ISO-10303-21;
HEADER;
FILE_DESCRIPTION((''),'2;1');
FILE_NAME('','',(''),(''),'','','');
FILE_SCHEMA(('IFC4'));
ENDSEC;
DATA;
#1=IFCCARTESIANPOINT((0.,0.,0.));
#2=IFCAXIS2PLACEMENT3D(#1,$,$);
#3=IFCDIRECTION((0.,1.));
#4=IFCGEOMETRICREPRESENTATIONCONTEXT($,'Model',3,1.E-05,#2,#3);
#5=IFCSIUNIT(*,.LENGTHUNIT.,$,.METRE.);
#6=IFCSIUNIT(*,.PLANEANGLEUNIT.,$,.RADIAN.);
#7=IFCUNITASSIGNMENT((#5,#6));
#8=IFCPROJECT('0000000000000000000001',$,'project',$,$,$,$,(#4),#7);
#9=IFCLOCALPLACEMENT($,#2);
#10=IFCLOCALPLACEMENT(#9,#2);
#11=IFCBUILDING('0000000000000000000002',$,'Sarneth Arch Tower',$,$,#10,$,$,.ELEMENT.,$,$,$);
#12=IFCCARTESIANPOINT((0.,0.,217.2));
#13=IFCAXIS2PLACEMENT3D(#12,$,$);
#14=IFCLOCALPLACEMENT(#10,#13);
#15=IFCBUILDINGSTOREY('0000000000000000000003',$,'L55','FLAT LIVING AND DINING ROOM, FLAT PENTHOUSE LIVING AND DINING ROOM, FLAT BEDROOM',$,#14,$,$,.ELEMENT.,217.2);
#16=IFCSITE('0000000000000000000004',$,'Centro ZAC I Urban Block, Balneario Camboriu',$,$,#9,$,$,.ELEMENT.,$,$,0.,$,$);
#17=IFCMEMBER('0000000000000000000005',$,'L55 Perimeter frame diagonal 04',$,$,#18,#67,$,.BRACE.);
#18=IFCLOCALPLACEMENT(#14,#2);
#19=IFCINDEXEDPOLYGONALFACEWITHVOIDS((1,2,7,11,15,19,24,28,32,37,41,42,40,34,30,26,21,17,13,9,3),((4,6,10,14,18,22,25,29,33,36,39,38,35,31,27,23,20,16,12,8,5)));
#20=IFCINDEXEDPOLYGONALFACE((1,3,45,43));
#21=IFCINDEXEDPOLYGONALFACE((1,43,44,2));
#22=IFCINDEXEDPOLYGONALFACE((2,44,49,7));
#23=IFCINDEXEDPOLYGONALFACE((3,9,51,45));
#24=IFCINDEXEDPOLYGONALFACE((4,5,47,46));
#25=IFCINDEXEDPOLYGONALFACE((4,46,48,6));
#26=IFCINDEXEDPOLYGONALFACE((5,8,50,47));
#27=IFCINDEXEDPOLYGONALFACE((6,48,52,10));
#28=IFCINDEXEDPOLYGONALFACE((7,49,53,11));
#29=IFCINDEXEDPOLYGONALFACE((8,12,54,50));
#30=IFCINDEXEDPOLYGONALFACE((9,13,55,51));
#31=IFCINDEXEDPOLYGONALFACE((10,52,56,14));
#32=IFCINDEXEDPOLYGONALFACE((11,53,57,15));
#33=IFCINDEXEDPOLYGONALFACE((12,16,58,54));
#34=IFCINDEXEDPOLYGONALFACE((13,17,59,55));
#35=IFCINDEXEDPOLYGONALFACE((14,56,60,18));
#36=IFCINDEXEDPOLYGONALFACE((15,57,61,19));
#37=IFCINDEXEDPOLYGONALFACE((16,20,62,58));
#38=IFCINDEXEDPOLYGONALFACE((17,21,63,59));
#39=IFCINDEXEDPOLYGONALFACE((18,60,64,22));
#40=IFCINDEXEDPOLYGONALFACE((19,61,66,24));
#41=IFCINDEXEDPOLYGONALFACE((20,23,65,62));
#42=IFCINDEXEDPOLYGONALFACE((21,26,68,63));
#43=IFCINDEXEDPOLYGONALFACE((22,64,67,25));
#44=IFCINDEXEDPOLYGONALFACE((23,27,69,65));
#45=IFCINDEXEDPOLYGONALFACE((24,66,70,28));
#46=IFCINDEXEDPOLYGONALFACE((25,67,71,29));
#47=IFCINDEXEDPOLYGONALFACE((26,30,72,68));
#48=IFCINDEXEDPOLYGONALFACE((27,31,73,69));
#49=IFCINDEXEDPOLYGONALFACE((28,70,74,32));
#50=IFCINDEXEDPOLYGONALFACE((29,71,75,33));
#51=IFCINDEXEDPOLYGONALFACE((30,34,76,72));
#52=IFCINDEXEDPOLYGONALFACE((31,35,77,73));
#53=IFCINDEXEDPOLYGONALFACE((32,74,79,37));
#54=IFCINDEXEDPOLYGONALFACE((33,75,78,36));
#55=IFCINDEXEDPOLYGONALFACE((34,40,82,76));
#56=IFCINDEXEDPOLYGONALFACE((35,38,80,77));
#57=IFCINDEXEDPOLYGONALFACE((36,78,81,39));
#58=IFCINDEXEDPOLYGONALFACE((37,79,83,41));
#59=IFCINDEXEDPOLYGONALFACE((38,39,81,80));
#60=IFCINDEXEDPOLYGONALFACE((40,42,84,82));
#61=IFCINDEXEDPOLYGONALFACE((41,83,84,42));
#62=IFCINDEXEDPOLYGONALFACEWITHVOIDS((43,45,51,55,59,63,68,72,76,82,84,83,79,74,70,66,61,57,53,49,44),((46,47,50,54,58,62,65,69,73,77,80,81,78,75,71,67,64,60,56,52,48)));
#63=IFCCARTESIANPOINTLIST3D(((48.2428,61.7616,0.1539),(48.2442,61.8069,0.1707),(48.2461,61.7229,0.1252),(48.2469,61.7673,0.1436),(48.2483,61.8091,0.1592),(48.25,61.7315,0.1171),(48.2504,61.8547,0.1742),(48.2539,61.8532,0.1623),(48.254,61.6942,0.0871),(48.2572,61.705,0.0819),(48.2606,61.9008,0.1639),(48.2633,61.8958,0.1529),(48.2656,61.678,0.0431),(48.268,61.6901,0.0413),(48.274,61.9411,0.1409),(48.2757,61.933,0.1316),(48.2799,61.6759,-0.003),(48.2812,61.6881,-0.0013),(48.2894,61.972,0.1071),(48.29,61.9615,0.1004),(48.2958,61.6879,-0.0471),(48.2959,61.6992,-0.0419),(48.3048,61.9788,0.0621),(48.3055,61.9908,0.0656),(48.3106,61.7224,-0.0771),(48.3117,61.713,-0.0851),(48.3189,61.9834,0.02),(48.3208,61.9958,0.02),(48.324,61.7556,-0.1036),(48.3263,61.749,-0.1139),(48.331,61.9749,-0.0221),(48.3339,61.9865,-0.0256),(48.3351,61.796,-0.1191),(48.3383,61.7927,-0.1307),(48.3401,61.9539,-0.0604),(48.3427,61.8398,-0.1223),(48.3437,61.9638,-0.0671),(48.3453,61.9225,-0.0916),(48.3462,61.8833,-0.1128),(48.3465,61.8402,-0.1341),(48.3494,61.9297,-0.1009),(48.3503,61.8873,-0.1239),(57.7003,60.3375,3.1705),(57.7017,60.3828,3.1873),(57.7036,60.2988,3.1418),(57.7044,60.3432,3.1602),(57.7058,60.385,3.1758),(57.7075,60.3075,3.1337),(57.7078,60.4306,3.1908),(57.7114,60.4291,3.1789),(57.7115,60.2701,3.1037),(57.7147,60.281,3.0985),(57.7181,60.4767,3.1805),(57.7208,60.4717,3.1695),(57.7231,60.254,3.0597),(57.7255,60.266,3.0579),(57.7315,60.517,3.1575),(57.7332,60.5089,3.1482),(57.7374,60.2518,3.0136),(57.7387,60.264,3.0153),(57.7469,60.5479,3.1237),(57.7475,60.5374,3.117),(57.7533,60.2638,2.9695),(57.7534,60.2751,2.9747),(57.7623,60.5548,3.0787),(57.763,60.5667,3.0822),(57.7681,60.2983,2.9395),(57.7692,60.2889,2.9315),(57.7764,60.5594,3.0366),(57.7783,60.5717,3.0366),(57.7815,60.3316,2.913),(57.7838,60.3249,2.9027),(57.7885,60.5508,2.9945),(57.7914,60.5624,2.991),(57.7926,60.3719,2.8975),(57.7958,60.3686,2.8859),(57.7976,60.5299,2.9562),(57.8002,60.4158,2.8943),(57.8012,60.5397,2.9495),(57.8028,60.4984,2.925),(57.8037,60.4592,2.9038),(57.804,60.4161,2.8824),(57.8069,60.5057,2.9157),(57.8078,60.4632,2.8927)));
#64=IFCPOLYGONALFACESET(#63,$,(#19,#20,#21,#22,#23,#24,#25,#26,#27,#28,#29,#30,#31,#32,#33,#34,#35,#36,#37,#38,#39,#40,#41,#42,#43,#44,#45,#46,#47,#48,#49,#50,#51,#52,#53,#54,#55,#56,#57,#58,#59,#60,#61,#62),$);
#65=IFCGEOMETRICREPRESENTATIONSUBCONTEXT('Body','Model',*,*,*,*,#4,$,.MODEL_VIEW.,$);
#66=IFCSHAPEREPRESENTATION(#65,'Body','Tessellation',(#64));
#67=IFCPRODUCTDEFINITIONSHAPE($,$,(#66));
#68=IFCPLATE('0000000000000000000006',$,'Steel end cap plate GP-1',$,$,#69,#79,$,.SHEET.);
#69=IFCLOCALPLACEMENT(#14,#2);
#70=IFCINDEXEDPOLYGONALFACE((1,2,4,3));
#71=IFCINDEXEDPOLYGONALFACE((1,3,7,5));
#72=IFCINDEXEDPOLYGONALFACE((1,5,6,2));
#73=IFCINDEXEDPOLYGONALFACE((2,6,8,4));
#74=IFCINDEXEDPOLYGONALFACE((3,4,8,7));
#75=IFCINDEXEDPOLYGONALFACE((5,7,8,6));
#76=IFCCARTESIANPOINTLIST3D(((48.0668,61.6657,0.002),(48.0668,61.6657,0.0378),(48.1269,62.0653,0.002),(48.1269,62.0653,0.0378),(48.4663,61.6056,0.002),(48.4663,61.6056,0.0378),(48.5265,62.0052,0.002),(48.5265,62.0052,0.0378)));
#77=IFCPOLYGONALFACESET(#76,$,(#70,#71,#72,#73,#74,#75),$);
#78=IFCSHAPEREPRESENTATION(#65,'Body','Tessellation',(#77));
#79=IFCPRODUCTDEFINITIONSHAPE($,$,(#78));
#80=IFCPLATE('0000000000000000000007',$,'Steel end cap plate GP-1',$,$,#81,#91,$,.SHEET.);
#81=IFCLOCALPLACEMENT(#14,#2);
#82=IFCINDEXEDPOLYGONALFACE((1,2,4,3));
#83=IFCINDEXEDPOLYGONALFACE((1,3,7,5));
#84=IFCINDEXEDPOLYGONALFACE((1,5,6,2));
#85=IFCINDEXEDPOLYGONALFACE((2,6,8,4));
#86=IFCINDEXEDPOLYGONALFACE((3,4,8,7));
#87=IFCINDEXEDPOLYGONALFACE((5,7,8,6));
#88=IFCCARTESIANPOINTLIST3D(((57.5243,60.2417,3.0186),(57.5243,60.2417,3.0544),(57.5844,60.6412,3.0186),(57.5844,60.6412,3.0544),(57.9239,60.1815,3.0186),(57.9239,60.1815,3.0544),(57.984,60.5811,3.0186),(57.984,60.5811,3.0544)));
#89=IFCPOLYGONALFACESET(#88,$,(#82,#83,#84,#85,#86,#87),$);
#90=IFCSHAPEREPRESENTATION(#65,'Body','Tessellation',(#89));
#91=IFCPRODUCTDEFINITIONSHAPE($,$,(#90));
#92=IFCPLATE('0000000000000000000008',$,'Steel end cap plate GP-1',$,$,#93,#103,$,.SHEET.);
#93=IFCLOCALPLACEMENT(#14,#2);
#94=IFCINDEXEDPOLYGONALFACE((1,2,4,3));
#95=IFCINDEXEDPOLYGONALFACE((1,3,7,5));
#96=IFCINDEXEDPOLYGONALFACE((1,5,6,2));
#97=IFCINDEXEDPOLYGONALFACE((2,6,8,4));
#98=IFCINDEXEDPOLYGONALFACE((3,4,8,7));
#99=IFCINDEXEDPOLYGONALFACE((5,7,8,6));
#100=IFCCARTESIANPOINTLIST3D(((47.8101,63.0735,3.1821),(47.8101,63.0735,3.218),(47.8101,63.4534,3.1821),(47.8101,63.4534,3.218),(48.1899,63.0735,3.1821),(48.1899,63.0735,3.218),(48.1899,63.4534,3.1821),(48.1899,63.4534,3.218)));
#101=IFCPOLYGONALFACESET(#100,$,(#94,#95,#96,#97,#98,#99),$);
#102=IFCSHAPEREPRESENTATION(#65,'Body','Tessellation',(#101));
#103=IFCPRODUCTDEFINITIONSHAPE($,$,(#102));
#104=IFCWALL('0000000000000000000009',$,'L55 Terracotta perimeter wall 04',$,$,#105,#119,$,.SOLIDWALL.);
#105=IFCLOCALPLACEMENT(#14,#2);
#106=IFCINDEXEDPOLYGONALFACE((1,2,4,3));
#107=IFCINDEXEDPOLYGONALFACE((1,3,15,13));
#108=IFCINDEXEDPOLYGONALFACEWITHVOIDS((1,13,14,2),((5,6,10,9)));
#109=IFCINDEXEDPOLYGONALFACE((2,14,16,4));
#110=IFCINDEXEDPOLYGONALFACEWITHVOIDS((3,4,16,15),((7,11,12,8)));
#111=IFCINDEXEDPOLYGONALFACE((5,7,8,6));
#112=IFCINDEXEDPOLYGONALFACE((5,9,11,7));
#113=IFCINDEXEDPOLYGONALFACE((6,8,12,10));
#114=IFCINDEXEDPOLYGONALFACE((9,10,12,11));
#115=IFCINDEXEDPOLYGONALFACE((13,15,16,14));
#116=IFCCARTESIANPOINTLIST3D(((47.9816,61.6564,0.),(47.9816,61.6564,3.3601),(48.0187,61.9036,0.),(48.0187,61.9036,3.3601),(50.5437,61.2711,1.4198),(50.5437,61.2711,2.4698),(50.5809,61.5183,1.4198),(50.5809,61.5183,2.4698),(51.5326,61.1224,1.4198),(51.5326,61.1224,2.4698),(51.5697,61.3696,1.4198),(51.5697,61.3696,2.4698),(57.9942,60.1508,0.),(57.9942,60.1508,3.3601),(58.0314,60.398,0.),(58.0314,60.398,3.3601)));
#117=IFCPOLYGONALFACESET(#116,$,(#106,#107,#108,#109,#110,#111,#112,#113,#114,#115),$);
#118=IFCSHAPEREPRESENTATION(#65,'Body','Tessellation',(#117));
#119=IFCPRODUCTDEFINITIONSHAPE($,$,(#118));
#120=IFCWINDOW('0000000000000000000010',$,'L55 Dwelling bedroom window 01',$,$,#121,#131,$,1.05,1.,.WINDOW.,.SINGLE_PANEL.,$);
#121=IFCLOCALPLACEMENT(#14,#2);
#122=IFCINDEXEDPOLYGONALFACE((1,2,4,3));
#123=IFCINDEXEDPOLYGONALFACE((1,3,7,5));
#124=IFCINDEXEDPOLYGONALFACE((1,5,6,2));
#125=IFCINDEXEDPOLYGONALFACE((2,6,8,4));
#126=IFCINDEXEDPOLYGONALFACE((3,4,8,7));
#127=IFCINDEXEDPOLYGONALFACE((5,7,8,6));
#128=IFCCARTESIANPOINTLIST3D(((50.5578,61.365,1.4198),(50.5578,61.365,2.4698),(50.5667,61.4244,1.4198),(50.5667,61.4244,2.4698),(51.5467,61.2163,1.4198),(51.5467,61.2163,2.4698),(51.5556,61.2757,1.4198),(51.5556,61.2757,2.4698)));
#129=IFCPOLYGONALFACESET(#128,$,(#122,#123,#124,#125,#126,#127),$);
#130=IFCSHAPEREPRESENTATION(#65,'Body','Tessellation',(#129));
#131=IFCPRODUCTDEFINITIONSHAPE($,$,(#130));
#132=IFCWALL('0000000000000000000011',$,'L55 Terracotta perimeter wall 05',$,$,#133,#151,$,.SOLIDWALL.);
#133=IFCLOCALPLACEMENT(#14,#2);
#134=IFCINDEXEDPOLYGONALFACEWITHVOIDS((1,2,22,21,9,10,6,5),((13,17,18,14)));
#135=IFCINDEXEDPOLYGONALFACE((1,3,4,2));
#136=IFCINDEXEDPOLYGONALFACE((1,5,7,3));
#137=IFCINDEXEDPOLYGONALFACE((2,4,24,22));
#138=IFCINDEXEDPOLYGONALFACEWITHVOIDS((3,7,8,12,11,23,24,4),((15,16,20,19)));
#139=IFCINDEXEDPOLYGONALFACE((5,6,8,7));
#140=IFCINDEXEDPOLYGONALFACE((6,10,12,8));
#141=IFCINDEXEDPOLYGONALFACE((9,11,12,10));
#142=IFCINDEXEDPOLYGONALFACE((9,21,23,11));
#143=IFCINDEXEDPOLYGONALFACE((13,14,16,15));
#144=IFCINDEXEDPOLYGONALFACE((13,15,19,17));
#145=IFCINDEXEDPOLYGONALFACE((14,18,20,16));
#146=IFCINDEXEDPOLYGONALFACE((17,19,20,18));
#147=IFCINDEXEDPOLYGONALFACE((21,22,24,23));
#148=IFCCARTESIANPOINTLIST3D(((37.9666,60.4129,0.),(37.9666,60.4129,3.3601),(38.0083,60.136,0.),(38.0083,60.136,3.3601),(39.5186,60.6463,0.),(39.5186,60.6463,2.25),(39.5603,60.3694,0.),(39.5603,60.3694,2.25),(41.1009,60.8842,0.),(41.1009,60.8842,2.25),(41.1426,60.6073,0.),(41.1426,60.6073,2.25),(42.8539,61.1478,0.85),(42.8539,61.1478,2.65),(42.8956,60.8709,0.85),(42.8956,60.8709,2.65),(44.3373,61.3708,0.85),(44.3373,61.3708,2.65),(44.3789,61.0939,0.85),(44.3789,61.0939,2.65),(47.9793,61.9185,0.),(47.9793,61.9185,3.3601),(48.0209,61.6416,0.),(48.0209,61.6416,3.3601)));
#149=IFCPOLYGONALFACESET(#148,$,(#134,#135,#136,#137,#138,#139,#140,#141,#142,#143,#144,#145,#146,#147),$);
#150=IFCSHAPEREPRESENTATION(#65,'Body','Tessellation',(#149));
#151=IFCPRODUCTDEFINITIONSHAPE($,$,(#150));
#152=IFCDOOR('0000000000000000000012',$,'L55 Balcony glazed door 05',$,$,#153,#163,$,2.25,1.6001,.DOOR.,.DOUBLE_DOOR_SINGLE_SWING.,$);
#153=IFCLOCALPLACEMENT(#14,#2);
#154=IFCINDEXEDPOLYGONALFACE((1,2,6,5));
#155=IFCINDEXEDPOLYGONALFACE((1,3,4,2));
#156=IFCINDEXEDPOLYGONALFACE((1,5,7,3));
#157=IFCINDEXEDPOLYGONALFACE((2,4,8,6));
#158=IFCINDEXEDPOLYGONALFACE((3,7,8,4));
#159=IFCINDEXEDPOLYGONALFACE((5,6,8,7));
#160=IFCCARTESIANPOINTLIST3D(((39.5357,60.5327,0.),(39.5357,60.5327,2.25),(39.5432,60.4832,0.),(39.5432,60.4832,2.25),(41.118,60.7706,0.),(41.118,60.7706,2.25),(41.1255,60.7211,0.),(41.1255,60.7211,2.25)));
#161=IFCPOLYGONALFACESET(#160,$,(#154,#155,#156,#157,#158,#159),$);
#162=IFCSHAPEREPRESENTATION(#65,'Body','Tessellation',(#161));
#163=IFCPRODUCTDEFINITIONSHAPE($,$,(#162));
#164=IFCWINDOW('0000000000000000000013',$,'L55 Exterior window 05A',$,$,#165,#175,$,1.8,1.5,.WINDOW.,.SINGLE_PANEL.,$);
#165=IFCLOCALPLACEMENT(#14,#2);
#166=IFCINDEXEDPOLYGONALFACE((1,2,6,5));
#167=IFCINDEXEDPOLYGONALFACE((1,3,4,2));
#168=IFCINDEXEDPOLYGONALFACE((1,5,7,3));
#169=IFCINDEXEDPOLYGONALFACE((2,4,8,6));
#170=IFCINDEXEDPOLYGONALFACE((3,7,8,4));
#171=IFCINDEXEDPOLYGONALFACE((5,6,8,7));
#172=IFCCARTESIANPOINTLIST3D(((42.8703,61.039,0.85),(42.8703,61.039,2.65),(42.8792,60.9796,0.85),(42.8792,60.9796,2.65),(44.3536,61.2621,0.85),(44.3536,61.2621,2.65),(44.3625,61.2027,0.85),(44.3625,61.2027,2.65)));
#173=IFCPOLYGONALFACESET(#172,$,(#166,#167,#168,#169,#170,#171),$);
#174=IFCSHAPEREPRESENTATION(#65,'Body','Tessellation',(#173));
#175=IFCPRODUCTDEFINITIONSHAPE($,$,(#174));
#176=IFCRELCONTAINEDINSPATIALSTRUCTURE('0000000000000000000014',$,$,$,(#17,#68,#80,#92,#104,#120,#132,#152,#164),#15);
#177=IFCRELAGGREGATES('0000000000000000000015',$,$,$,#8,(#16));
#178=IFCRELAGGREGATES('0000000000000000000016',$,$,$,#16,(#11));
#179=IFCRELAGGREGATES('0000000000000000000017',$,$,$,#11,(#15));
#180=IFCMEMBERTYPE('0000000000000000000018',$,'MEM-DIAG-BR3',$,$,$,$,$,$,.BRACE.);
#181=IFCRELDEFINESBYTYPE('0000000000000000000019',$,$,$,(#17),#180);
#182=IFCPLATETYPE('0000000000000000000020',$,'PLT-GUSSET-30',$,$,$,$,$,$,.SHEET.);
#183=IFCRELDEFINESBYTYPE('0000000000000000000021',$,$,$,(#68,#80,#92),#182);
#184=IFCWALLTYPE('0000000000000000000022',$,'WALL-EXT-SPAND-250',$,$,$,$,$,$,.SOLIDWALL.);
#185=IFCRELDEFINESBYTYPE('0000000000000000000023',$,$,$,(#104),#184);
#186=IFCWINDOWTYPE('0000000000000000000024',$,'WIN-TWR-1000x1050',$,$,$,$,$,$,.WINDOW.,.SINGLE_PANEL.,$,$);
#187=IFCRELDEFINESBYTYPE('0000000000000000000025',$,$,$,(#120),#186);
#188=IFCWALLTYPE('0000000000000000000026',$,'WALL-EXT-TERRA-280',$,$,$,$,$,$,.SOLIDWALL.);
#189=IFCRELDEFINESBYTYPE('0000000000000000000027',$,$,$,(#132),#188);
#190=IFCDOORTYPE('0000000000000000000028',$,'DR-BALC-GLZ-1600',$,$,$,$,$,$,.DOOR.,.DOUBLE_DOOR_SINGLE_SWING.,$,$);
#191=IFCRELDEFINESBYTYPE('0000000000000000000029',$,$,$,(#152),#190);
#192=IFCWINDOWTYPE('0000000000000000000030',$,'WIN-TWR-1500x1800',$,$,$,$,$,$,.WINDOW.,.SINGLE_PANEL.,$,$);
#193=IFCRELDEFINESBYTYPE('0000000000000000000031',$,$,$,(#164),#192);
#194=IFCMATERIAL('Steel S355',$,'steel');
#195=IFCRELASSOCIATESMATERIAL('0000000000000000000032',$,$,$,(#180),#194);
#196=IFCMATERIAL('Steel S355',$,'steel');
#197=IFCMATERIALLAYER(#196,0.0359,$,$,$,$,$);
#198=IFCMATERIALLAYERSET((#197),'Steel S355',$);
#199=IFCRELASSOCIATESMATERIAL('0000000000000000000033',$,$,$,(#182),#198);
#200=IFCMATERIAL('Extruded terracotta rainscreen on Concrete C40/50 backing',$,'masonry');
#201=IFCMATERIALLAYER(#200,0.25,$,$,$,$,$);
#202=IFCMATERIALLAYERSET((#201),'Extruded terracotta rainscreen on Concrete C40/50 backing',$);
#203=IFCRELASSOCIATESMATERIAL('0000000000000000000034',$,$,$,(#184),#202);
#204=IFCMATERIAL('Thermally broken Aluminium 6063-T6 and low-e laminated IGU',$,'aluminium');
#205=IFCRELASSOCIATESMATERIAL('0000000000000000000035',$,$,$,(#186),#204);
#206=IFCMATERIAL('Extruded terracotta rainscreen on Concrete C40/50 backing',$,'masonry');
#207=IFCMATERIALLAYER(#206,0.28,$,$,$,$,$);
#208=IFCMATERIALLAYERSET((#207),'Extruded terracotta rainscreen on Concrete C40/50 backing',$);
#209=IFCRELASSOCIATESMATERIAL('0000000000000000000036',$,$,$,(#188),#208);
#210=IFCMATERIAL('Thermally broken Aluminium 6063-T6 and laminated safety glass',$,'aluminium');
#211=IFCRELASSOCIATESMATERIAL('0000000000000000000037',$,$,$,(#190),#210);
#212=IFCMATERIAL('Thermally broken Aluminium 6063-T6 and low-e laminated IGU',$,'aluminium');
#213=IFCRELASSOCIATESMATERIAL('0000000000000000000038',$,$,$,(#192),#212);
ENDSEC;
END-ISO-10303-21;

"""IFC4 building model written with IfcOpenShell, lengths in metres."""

from ifc_helpers import new_model, si_unit, direction, frame, frame_2d, origin, origin_2d, place, context, subcontext, project, spatial, rectangle, hollow_circle, extrude, material, layer, layer_set, material_profile, profile_set, type_object, element, fill, save


model = new_model("IFC4")

# Units and contexts
model_context = context("Model", 3, precision=1e-05, world=origin(), true_north=direction((0.0, 1.0)))
body_context = subcontext(model_context, "Body", "Model", "MODEL_VIEW")
ifc_project = project(units=[si_unit("LENGTHUNIT", "METRE"), si_unit("PLANEANGLEUNIT", "RADIAN")], contexts=[model_context])

# Site, building, storey
site_placement = place(None, origin())
site = spatial("IfcSite", under=ifc_project, at=site_placement, Name="Centro ZAC I Urban Block, Balneario Camboriu", CompositionType="ELEMENT", RefElevation=0.0)
building_placement = place(site_placement, origin())
building = spatial("IfcBuilding", under=site, at=building_placement, Name="Sarneth Arch Tower", CompositionType="ELEMENT")
storey_placement = place(building_placement, frame((0.0, 0.0, 217.2)))
storey = spatial("IfcBuildingStorey", under=building, at=storey_placement, Name="L55", Description="FLAT LIVING AND DINING ROOM, FLAT PENTHOUSE LIVING AND DINING ROOM, FLAT BEDROOM", CompositionType="ELEMENT", Elevation=217.2)

# Member
ifc_material_1 = material(Name="Steel S355", Category="steel")
ifc_material_profile_1 = material_profile(ifc_material_1, hollow_circle(Radius=0.1621, WallThickness=0.0125, at=origin_2d()), Name="CHS324x12.5")
ifc_profile_set_1 = profile_set([ifc_material_profile_1], Name="Steel S355")
member_type_1 = type_object("IfcMemberType", Name="MEM-DIAG-BR3", PredefinedType="BRACE", material=ifc_profile_set_1)
member_1_placement = place(storey_placement, frame((48.2966, 61.8354, 0.02), z_axis=(0.943056, -0.142001, 0.3008), x_axis=(0.148897, 0.988853, 0.0)))
element("IfcMember", 1, at=member_1_placement, inside=storey, type_object=member_type_1, Name="L55 Perimeter frame diagonal 04", PredefinedType="BRACE", context=body_context, shape_type="SweptSolid", body=[
    extrude(hollow_circle(Radius=0.1621, WallThickness=0.0125, at=origin_2d()), origin(), (0.0, 0.0, 1.0), 10.0286),
])

# Plates
ifc_material_2 = material(Name="Steel S355", Category="steel")
ifc_layer_1 = layer(ifc_material_2, 0.0359)
ifc_layer_set_1 = layer_set([ifc_layer_1], Name="Steel S355")
plate_type = type_object("IfcPlateType", Name="PLT-GUSSET-30", PredefinedType="SHEET", material=ifc_layer_set_1)
for number, where, z_axis, x_axis, name in (
    (2, (48.2966, 61.8354, 0.002), (0.0, 0.0, 1.0), (-0.988861, 0.148845, 0.0), "Steel end cap plate GP-1"),
    (3, (57.7542, 60.4114, 3.0186), (0.0, 0.0, 1.0), (-0.988861, 0.148845, 0.0), "Steel end cap plate GP-1"),
):
    element("IfcPlate", number, at=place(storey_placement, frame(where, z_axis=z_axis, x_axis=x_axis)), inside=storey, type_object=plate_type, Name=name, PredefinedType="SHEET", context=body_context, shape_type="SweptSolid", body=[
        extrude(rectangle(XDim=0.4041, YDim=0.4041, at=origin_2d()), origin(), (0.0, 0.0, 1.0), 0.0359),
    ])
plate_placement = place(storey_placement, frame((48.0, 63.2634, 3.1821), z_axis=(0.0, 0.0, 1.0), x_axis=(0.0, 1.0, 0.0)))
element("IfcPlate", 4, at=plate_placement, inside=storey, type_object=plate_type, Name="Steel end cap plate GP-1", PredefinedType="SHEET", context=body_context, shape_type="SweptSolid", body=[
    extrude(rectangle(XDim=0.3799, YDim=0.3799, at=origin_2d()), origin(), (0.0, 0.0, 1.0), 0.0359),
])

# Wall, opening, window
ifc_material_3 = material(Name="Extruded terracotta rainscreen on Concrete C40/50 backing", Category="masonry")
ifc_layer_2 = layer(ifc_material_3, 0.25)
ifc_layer_set_2 = layer_set([ifc_layer_2], Name="Extruded terracotta rainscreen on Concrete C40/50 backing")
wall_type_1 = type_object("IfcWallType", Name="WALL-EXT-SPAND-250", PredefinedType="SOLIDWALL", material=ifc_layer_set_2)
wall_1_placement = place(storey_placement, frame((58.0127, 60.2744, 0.0), z_axis=(0.0, 0.0, 1.0), x_axis=(-0.988883, 0.148699, 0.0)))
wall_1 = element("IfcWall", 5, at=wall_1_placement, inside=storey, type_object=wall_type_1, Name="L55 Terracotta perimeter wall 04", PredefinedType="SOLIDWALL", context=body_context, shape_type="SweptSolid", body=[
    extrude(rectangle(XDim=10.1252, YDim=0.25, at=frame_2d((5.0625, 0.0))), origin(), (0.0, 0.0, 1.0), 3.3601),
])
opening_1_placement = place(wall_1_placement, frame((6.5342, 0.0, 1.4199)))
opening_1 = element("IfcOpeningElement", 6, at=opening_1_placement, cuts=wall_1, PredefinedType="OPENING", context=body_context, shape_type="SweptSolid", body=[
    extrude(rectangle(XDim=1.0, YDim=1.05, at=frame_2d((0.5, 0.5249))), frame((0.0, 0.135, 0.0), z_axis=(0.0, -1.0, 0.0), x_axis=(1.0, 0.0, 0.0)), (0.0, 0.0, 1.0), 0.27),
])
ifc_material_4 = material(Name="Thermally broken Aluminium 6063-T6 and low-e laminated IGU", Category="aluminium")
window_type_1 = type_object("IfcWindowType", Name="WIN-TWR-1000x1050", PartitioningType="SINGLE_PANEL", PredefinedType="WINDOW", material=ifc_material_4)
window_1_placement = place(opening_1_placement, origin())
window_1 = element("IfcWindow", 7, at=window_1_placement, inside=storey, type_object=window_type_1, Name="L55 Dwelling bedroom window 01", OverallHeight=1.05, OverallWidth=1.0, PartitioningType="SINGLE_PANEL", PredefinedType="WINDOW", context=body_context, shape_type="SweptSolid", body=[
    extrude(rectangle(XDim=1.0, YDim=1.05, at=frame_2d((0.5, 0.5249))), frame((0.0, 0.03, 0.0), z_axis=(0.0, -1.0, 0.0), x_axis=(1.0, 0.0, 0.0)), (0.0, 0.0, 1.0), 0.0601),
])
fill(opening_1, window_1)

# Wall, openings, door, window
ifc_material_5 = material(Name="Extruded terracotta rainscreen on Concrete C40/50 backing", Category="masonry")
ifc_layer_3 = layer(ifc_material_5, 0.28)
ifc_layer_set_3 = layer_set([ifc_layer_3], Name="Extruded terracotta rainscreen on Concrete C40/50 backing")
wall_type_2 = type_object("IfcWallType", Name="WALL-EXT-TERRA-280", PredefinedType="SOLIDWALL", material=ifc_layer_set_3)
wall_2_placement = place(storey_placement, frame((48.0, 61.78, 0.0), z_axis=(0.0, 0.0, 1.0), x_axis=(-0.988883, -0.148699, 0.0)))
wall_2 = element("IfcWall", 8, at=wall_2_placement, inside=storey, type_object=wall_type_2, Name="L55 Terracotta perimeter wall 05", PredefinedType="SOLIDWALL", context=body_context, shape_type="SweptSolid", body=[
    extrude(rectangle(XDim=10.1252, YDim=0.28, at=frame_2d((5.0625, 0.0))), origin(), (0.0, 0.0, 1.0), 3.3601),
])
opening_2_placement = place(wall_2_placement, frame((3.6829, 0.0, 0.8501)))
opening_2 = element("IfcOpeningElement", 9, at=opening_2_placement, cuts=wall_2, PredefinedType="OPENING", context=body_context, shape_type="SweptSolid", body=[
    extrude(rectangle(XDim=1.5, YDim=1.8, at=frame_2d((0.75, 0.8999))), frame((0.0, 0.1499, 0.0), z_axis=(0.0, -1.0, 0.0), x_axis=(1.0, 0.0, 0.0)), (0.0, 0.0, 1.0), 0.3),
])
opening_3_placement = place(wall_2_placement, frame((6.9556, 0.0, 0.0)))
opening_3 = element("IfcOpeningElement", 10, at=opening_3_placement, cuts=wall_2, PredefinedType="OPENING", context=body_context, shape_type="SweptSolid", body=[
    extrude(rectangle(XDim=1.6001, YDim=2.25, at=frame_2d((0.8, 1.125))), frame((0.0, 0.1499, 0.0), z_axis=(0.0, -1.0, 0.0), x_axis=(1.0, 0.0, 0.0)), (0.0, 0.0, 1.0), 0.3),
])
ifc_material_6 = material(Name="Thermally broken Aluminium 6063-T6 and laminated safety glass", Category="aluminium")
door_type_1 = type_object("IfcDoorType", Name="DR-BALC-GLZ-1600", OperationType="DOUBLE_DOOR_SINGLE_SWING", PredefinedType="DOOR", material=ifc_material_6)
door_1_placement = place(opening_3_placement, origin())
door_1 = element("IfcDoor", 11, at=door_1_placement, inside=storey, type_object=door_type_1, Name="L55 Balcony glazed door 05", OperationType="DOUBLE_DOOR_SINGLE_SWING", OverallHeight=2.25, OverallWidth=1.6001, PredefinedType="DOOR", context=body_context, shape_type="SweptSolid", body=[
    extrude(rectangle(XDim=1.6001, YDim=2.25, at=frame_2d((0.8, 1.125))), frame((0.0, 0.0249, 0.0), z_axis=(0.0, -1.0, 0.0), x_axis=(1.0, 0.0, 0.0)), (0.0, 0.0, 1.0), 0.05),
])
fill(opening_3, door_1)
ifc_material_7 = material(Name="Thermally broken Aluminium 6063-T6 and low-e laminated IGU", Category="aluminium")
window_type_2 = type_object("IfcWindowType", Name="WIN-TWR-1500x1800", PartitioningType="SINGLE_PANEL", PredefinedType="WINDOW", material=ifc_material_7)
window_2_placement = place(opening_2_placement, origin())
window_2 = element("IfcWindow", 12, at=window_2_placement, inside=storey, type_object=window_type_2, Name="L55 Exterior window 05A", OverallHeight=1.8, OverallWidth=1.5, PartitioningType="SINGLE_PANEL", PredefinedType="WINDOW", context=body_context, shape_type="SweptSolid", body=[
    extrude(rectangle(XDim=1.5, YDim=1.8, at=frame_2d((0.75, 0.8999))), frame((0.0, 0.03, 0.0), z_axis=(0.0, -1.0, 0.0), x_axis=(1.0, 0.0, 0.0)), (0.0, 0.0, 1.0), 0.0601),
])
fill(opening_2, window_2)

save(model, "model.ifc")
